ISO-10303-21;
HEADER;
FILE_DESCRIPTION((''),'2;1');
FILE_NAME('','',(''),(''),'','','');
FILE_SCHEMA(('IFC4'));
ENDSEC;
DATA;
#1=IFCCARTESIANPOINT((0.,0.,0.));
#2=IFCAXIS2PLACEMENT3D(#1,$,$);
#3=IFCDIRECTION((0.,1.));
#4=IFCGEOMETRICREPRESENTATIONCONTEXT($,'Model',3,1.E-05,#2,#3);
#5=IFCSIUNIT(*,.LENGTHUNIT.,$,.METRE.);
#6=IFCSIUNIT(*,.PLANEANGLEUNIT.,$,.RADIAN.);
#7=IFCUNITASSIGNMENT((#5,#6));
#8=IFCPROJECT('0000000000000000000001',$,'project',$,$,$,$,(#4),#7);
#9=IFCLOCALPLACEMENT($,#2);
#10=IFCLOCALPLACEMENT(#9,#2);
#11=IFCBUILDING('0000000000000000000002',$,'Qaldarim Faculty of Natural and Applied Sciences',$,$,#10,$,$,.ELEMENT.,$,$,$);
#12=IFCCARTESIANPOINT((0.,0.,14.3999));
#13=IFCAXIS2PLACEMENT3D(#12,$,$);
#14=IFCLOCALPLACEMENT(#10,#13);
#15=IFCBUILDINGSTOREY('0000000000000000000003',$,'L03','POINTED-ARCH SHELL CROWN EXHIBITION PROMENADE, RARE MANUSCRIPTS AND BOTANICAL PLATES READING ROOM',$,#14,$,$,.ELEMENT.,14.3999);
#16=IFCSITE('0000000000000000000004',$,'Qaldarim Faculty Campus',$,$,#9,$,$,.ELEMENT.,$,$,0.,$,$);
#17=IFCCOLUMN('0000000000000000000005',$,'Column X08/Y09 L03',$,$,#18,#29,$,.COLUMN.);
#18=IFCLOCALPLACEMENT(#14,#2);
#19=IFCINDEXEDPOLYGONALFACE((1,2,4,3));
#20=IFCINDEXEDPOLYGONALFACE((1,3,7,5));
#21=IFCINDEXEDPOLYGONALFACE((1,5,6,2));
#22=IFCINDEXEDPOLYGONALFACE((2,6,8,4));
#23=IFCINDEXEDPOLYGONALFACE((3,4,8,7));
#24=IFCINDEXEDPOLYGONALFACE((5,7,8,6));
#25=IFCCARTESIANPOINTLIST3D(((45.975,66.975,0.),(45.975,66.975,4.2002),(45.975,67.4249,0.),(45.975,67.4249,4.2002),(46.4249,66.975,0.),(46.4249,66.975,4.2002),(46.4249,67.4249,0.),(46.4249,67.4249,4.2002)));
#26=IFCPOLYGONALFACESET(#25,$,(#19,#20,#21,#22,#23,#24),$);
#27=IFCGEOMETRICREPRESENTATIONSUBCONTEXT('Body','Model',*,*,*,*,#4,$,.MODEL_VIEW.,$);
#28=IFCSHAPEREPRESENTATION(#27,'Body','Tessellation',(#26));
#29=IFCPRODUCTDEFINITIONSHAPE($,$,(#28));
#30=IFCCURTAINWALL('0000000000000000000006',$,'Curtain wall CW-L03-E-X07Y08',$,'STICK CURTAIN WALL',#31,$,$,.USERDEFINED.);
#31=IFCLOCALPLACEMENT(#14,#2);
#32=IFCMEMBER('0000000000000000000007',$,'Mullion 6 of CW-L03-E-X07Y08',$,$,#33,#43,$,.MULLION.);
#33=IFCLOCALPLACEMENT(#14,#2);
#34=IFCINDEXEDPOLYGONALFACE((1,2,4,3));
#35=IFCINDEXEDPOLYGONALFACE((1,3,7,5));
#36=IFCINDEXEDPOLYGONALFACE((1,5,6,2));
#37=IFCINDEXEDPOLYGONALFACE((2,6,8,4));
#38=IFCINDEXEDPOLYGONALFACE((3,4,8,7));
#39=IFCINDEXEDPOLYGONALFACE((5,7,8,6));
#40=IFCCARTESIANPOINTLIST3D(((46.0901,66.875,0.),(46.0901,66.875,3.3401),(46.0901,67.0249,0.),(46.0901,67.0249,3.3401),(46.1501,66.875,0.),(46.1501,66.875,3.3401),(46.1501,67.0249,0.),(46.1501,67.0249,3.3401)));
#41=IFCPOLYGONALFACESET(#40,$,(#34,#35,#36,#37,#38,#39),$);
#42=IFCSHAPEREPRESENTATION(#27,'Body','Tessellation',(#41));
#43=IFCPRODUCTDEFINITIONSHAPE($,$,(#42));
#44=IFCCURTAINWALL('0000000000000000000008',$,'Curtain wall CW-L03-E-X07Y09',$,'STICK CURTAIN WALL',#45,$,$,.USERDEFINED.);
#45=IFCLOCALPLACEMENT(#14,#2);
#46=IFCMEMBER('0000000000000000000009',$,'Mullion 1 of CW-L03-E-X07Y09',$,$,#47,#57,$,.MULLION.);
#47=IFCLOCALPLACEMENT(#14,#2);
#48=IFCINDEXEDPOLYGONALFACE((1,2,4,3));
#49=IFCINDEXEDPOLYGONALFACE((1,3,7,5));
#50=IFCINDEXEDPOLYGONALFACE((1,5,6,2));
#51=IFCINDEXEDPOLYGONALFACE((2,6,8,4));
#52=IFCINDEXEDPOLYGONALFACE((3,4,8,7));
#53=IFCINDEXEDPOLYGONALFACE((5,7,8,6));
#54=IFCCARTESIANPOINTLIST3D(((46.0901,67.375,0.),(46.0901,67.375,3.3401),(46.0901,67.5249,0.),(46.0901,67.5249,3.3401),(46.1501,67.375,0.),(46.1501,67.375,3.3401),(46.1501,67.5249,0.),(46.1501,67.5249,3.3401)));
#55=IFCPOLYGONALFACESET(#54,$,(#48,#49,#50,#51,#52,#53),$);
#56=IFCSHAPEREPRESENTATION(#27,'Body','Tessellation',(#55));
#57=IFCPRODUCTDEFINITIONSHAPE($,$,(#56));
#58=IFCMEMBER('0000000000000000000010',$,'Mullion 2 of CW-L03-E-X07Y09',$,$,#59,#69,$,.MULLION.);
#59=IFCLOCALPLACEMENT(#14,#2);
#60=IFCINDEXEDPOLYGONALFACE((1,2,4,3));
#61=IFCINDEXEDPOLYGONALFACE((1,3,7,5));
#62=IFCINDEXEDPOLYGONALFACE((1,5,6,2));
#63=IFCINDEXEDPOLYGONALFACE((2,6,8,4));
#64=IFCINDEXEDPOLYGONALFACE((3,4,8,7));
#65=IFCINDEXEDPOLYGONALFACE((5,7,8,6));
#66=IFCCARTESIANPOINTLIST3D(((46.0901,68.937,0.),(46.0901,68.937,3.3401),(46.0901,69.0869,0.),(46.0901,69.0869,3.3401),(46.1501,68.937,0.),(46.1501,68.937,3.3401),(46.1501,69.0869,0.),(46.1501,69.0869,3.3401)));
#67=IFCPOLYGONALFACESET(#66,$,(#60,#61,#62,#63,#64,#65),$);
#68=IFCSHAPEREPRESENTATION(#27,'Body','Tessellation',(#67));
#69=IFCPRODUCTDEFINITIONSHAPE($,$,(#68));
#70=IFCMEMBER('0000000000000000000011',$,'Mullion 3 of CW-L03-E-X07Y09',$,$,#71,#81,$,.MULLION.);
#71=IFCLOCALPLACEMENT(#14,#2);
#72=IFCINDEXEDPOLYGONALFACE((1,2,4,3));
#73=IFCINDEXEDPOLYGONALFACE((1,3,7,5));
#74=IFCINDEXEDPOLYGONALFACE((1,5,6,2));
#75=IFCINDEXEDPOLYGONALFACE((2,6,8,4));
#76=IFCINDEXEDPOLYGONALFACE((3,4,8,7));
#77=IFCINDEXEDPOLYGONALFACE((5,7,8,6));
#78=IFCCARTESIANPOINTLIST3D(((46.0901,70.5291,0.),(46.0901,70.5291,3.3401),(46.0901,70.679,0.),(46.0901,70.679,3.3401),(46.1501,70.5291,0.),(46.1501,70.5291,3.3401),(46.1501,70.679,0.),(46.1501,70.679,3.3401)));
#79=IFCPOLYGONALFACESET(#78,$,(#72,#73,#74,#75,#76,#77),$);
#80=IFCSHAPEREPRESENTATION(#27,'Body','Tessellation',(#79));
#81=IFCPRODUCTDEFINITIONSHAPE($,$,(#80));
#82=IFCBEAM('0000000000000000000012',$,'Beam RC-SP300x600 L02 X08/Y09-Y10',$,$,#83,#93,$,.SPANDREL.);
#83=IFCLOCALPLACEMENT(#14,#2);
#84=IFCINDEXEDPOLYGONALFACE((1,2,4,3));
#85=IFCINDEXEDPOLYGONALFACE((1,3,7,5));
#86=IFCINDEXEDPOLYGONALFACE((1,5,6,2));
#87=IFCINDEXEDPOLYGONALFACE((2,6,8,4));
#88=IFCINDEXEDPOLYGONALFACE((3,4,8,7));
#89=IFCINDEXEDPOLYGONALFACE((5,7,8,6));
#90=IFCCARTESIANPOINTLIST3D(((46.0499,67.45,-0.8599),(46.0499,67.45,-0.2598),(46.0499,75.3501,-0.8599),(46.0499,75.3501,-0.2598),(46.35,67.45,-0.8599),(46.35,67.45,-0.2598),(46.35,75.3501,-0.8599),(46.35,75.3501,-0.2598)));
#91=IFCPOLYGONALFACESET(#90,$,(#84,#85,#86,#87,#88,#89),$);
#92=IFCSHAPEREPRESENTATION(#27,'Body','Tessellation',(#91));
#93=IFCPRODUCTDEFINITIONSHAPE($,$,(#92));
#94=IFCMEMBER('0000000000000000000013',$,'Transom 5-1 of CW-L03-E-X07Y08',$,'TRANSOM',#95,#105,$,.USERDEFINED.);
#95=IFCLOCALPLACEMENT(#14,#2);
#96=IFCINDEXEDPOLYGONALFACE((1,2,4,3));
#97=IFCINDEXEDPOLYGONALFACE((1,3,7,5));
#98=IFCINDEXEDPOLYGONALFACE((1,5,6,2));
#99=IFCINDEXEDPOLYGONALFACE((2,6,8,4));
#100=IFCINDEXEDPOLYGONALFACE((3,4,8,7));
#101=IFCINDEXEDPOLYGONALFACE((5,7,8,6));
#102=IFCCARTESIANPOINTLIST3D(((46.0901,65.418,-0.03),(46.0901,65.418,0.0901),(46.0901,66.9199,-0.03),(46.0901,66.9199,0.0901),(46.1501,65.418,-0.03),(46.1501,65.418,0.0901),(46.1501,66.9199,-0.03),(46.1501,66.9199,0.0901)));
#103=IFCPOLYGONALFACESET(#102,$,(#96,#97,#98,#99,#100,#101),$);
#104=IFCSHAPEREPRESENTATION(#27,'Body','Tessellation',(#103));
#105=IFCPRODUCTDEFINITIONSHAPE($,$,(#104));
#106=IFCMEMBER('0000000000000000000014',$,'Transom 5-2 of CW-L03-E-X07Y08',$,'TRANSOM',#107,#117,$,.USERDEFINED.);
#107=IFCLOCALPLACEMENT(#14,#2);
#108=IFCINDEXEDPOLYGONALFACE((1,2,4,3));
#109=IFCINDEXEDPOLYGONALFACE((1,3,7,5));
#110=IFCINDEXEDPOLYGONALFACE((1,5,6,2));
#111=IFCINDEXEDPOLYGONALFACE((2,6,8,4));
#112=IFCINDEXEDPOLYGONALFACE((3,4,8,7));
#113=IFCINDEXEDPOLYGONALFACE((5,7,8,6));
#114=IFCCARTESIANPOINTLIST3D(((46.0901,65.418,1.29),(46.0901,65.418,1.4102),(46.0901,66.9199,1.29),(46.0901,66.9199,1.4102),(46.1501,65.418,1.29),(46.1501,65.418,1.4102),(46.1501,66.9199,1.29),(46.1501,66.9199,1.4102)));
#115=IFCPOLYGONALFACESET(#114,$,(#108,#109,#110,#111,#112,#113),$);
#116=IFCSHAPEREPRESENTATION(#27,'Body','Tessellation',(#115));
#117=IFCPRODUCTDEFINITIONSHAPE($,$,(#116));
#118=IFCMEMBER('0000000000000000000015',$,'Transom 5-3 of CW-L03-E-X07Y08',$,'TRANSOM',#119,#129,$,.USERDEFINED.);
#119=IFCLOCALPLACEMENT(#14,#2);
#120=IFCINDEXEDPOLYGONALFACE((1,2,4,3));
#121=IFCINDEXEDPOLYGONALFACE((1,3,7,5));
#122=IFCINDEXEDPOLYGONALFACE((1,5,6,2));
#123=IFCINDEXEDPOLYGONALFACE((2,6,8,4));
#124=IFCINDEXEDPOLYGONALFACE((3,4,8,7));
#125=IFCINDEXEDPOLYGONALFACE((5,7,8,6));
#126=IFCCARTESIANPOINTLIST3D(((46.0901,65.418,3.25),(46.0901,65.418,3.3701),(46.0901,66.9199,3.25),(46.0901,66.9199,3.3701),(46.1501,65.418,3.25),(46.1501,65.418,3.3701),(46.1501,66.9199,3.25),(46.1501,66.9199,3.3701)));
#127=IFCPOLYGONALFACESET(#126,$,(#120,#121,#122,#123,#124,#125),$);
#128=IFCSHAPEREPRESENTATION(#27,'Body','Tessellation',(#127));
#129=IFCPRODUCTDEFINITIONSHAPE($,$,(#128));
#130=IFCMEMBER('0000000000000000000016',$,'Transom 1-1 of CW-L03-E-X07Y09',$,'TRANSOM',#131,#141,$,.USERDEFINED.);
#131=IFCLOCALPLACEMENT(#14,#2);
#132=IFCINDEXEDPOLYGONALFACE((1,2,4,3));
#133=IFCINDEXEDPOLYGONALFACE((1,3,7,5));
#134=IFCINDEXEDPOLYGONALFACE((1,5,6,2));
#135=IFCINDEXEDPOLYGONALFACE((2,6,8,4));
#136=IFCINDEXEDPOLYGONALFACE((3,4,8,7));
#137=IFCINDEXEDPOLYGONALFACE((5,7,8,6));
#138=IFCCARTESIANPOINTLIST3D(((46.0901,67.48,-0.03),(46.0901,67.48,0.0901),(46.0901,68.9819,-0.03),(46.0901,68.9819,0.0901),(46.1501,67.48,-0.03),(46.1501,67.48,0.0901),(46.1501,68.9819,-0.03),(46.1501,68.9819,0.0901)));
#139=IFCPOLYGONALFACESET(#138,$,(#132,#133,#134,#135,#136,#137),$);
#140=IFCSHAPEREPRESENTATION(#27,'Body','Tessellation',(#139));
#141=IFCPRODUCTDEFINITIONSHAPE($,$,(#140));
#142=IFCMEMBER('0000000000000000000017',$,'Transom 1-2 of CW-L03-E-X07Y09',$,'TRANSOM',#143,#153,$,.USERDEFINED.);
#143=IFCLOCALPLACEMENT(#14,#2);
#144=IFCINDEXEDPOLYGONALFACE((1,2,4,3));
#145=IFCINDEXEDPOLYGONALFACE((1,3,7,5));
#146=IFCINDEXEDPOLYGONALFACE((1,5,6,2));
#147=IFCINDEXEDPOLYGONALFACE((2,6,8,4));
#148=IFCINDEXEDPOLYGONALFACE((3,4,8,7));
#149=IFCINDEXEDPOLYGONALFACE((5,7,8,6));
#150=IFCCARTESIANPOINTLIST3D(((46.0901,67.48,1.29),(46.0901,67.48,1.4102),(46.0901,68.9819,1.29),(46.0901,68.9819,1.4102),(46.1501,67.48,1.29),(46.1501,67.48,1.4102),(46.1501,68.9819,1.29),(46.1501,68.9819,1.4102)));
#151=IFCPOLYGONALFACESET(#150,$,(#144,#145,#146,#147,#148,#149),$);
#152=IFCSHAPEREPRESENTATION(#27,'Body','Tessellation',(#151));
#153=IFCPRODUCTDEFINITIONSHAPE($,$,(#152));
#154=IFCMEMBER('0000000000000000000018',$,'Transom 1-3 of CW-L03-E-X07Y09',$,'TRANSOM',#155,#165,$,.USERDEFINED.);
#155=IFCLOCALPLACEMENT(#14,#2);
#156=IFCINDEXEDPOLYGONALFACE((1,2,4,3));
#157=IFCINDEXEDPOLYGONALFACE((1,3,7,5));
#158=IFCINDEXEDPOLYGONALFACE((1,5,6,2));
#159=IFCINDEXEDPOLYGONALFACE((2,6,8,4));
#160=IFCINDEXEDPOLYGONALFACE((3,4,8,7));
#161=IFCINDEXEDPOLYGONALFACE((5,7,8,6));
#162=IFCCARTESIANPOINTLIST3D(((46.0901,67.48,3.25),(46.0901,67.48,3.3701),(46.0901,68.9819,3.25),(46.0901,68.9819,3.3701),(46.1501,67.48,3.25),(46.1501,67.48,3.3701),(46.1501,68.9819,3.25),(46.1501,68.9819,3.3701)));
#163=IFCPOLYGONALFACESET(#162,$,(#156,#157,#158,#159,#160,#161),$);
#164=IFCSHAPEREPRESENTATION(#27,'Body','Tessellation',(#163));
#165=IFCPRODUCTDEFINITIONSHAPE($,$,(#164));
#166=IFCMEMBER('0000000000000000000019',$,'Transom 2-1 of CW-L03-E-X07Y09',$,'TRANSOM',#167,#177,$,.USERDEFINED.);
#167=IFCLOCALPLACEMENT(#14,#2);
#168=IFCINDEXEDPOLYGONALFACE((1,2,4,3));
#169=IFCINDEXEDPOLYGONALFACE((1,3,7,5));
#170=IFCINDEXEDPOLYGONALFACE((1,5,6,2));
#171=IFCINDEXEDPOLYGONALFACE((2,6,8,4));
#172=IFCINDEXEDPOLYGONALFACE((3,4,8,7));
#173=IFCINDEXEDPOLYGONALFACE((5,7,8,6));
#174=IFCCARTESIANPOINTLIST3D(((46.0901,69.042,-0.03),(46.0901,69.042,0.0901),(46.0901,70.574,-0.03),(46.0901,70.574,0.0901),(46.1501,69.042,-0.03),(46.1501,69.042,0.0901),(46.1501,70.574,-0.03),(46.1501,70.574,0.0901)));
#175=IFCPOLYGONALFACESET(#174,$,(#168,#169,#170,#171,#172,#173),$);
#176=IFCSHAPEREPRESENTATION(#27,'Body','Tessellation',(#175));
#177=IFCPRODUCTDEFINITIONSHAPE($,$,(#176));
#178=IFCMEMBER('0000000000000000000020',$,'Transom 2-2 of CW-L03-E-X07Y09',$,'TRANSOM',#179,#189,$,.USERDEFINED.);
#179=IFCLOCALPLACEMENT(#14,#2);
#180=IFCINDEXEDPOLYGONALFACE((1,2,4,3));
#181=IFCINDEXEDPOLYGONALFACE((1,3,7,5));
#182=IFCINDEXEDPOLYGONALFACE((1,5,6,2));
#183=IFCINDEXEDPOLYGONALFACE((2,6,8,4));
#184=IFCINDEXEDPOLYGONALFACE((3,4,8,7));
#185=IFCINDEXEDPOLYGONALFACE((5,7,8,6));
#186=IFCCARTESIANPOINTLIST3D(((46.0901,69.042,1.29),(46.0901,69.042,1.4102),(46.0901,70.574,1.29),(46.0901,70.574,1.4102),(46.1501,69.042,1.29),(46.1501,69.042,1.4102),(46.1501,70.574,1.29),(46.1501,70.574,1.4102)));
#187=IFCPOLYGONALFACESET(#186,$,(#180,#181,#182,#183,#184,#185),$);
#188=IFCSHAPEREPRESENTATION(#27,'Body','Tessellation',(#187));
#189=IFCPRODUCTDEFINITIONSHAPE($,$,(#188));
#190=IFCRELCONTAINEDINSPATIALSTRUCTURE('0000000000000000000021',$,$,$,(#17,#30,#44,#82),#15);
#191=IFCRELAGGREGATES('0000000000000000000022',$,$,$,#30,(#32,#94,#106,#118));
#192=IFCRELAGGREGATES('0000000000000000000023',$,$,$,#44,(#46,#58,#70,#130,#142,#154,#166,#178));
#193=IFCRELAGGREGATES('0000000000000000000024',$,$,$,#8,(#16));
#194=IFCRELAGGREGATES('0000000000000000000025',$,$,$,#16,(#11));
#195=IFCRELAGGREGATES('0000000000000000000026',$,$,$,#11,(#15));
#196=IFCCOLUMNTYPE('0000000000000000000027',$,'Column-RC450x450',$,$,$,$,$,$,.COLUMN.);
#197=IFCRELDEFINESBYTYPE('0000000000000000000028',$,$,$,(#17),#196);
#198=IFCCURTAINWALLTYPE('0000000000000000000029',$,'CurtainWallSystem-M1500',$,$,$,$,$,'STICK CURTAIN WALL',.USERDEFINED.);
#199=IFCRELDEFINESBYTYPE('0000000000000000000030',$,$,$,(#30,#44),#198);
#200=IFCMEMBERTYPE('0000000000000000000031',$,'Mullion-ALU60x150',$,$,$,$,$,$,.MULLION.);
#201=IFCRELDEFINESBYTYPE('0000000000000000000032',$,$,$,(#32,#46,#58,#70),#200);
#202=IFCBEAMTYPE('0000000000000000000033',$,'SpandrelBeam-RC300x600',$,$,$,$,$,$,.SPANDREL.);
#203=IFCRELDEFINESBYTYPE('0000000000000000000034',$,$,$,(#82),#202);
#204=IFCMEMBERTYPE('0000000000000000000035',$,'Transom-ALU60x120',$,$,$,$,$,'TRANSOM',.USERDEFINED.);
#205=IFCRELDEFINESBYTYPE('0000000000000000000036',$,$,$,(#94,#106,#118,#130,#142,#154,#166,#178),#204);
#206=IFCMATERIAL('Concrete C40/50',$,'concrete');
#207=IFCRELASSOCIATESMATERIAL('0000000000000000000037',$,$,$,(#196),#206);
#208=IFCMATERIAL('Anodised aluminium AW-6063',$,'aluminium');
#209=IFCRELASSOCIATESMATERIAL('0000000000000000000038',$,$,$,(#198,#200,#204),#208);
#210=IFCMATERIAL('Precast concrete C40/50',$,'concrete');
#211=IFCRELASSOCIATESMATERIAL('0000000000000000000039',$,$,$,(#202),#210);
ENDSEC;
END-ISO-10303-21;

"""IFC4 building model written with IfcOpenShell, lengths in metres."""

from ifc_helpers import new_model, si_unit, direction, frame, origin, origin_2d, place, context, subcontext, project, spatial, rectangle, extrude, material, material_profile, profile_set, type_object, element, aggregate, save


model = new_model("IFC4")

# Units and contexts
model_context = context("Model", 3, precision=1e-05, world=origin(), true_north=direction((0.0, 1.0)))
body_context = subcontext(model_context, "Body", "Model", "MODEL_VIEW")
ifc_project = project(units=[si_unit("LENGTHUNIT", "METRE"), si_unit("PLANEANGLEUNIT", "RADIAN")], contexts=[model_context])

# Site, building, storey
site_placement = place(None, origin())
site = spatial("IfcSite", under=ifc_project, at=site_placement, Name="Qaldarim Faculty Campus", CompositionType="ELEMENT", RefElevation=0.0)
building_placement = place(site_placement, origin())
building = spatial("IfcBuilding", under=site, at=building_placement, Name="Qaldarim Faculty of Natural and Applied Sciences", CompositionType="ELEMENT")
storey_placement = place(building_placement, frame((0.0, 0.0, 14.3999)))
storey = spatial("IfcBuildingStorey", under=building, at=storey_placement, Name="L03", Description="POINTED-ARCH SHELL CROWN EXHIBITION PROMENADE, RARE MANUSCRIPTS AND BOTANICAL PLATES READING ROOM", CompositionType="ELEMENT", Elevation=14.3999)

# Column
ifc_material_1 = material(Name="Concrete C40/50", Category="concrete")
ifc_material_profile_1 = material_profile(ifc_material_1, rectangle(XDim=0.45, YDim=0.45, at=origin_2d()), Name="RC-C450x450")
ifc_profile_set_1 = profile_set([ifc_material_profile_1], Name="Concrete C40/50")
column_type = type_object("IfcColumnType", Name="Column-RC450x450", PredefinedType="COLUMN", material=ifc_profile_set_1)
column_placement = place(storey_placement, frame((46.2, 67.2, 0.0), z_axis=(0.0, 0.0, 1.0), x_axis=(1.0, 0.0, 0.0)))
element("IfcColumn", 1, at=column_placement, inside=storey, type_object=column_type, Name="Column X08/Y09 L03", PredefinedType="COLUMN", context=body_context, shape_type="SweptSolid", body=[
    extrude(rectangle(XDim=0.45, YDim=0.45, at=origin_2d()), origin(), (0.0, 0.0, 1.0), 4.2002),
])

# Curtain wall, member
ifc_material_2 = material(Name="Anodised aluminium AW-6063", Category="aluminium")
curtain_wall_type = type_object("IfcCurtainWallType", Name="CurtainWallSystem-M1500", ElementType="STICK CURTAIN WALL", PredefinedType="USERDEFINED", material=ifc_material_2)
curtain_wall_1_placement = place(storey_placement, origin())
curtain_wall_1 = element("IfcCurtainWall", 2, at=curtain_wall_1_placement, inside=storey, type_object=curtain_wall_type, Name="Curtain wall CW-L03-E-X07Y08", ObjectType="STICK CURTAIN WALL", PredefinedType="USERDEFINED")
ifc_material_profile_2 = material_profile(ifc_material_2, rectangle(XDim=0.0601, YDim=0.1499, at=origin_2d()), Name="ALU-M60x150")
ifc_profile_set_2 = profile_set([ifc_material_profile_2], Name="Anodised aluminium AW-6063")
member_type_1 = type_object("IfcMemberType", Name="Mullion-ALU60x150", PredefinedType="MULLION", material=ifc_profile_set_2)
member_1_placement = place(storey_placement, frame((46.1201, 66.95, 0.0), z_axis=(0.0, 0.0, 1.0), x_axis=(-1.0, 0.0, 0.0)))
member_1 = element("IfcMember", 3, at=member_1_placement, type_object=member_type_1, Name="Mullion 6 of CW-L03-E-X07Y08", PredefinedType="MULLION", context=body_context, shape_type="SweptSolid", body=[
    extrude(rectangle(XDim=0.0601, YDim=0.1499, at=origin_2d()), origin(), (0.0, 0.0, 1.0), 3.3401),
])

# Curtain wall, members
curtain_wall_2_placement = place(storey_placement, origin())
curtain_wall_2 = element("IfcCurtainWall", 4, at=curtain_wall_2_placement, inside=storey, type_object=curtain_wall_type, Name="Curtain wall CW-L03-E-X07Y09", ObjectType="STICK CURTAIN WALL", PredefinedType="USERDEFINED")
member_2_placement = place(storey_placement, frame((46.1201, 67.45, 0.0), z_axis=(0.0, 0.0, 1.0), x_axis=(-1.0, 0.0, 0.0)))
member_2 = element("IfcMember", 5, at=member_2_placement, type_object=member_type_1, Name="Mullion 1 of CW-L03-E-X07Y09", PredefinedType="MULLION", context=body_context, shape_type="SweptSolid", body=[
    extrude(rectangle(XDim=0.0601, YDim=0.1499, at=origin_2d()), origin(), (0.0, 0.0, 1.0), 3.3401),
])
member_3_placement = place(storey_placement, frame((46.1201, 69.012, 0.0), z_axis=(0.0, 0.0, 1.0), x_axis=(-1.0, 0.0, 0.0)))
member_3 = element("IfcMember", 6, at=member_3_placement, type_object=member_type_1, Name="Mullion 2 of CW-L03-E-X07Y09", PredefinedType="MULLION", context=body_context, shape_type="SweptSolid", body=[
    extrude(rectangle(XDim=0.0601, YDim=0.1499, at=origin_2d()), origin(), (0.0, 0.0, 1.0), 3.3401),
])
member_4_placement = place(storey_placement, frame((46.1201, 70.604, 0.0), z_axis=(0.0, 0.0, 1.0), x_axis=(-1.0, 0.0, 0.0)))
member_4 = element("IfcMember", 7, at=member_4_placement, type_object=member_type_1, Name="Mullion 3 of CW-L03-E-X07Y09", PredefinedType="MULLION", context=body_context, shape_type="SweptSolid", body=[
    extrude(rectangle(XDim=0.0601, YDim=0.1499, at=origin_2d()), origin(), (0.0, 0.0, 1.0), 3.3401),
])

# Beam
ifc_material_3 = material(Name="Precast concrete C40/50", Category="concrete")
ifc_material_profile_3 = material_profile(ifc_material_3, rectangle(XDim=0.3, YDim=0.6001, at=origin_2d()), Name="RC-SP300x600")
ifc_profile_set_3 = profile_set([ifc_material_profile_3], Name="Precast concrete C40/50")
beam_type = type_object("IfcBeamType", Name="SpandrelBeam-RC300x600", PredefinedType="SPANDREL", material=ifc_profile_set_3)
beam_placement = place(storey_placement, frame((46.2, 67.45, -0.5598), z_axis=(0.0, 1.0, 0.0), x_axis=(-1.0, 0.0, 0.0)))
element("IfcBeam", 8, at=beam_placement, inside=storey, type_object=beam_type, Name="Beam RC-SP300x600 L02 X08/Y09-Y10", PredefinedType="SPANDREL", context=body_context, shape_type="SweptSolid", body=[
    extrude(rectangle(XDim=0.3, YDim=0.6001, at=origin_2d()), origin(), (0.0, 0.0, 1.0), 7.9001),
])

# Members
ifc_material_profile_4 = material_profile(ifc_material_2, rectangle(XDim=0.0601, YDim=0.1201, at=origin_2d()), Name="ALU-T60x120")
ifc_profile_set_4 = profile_set([ifc_material_profile_4], Name="Anodised aluminium AW-6063")
member_type_2 = type_object("IfcMemberType", Name="Transom-ALU60x120", ElementType="TRANSOM", PredefinedType="USERDEFINED", material=ifc_profile_set_4)
member_5_placement = place(storey_placement, frame((46.1201, 65.418, 0.03), z_axis=(0.0, 1.0, 0.0), x_axis=(-1.0, 0.0, 0.0)))
member_5 = element("IfcMember", 9, at=member_5_placement, type_object=member_type_2, Name="Transom 5-1 of CW-L03-E-X07Y08", ObjectType="TRANSOM", PredefinedType="USERDEFINED", context=body_context, shape_type="SweptSolid", body=[
    extrude(rectangle(XDim=0.0601, YDim=0.1201, at=origin_2d()), origin(), (0.0, 0.0, 1.0), 1.502),
])
member_6_placement = place(storey_placement, frame((46.1201, 65.418, 1.3501), z_axis=(0.0, 1.0, 0.0), x_axis=(-1.0, 0.0, 0.0)))
member_6 = element("IfcMember", 10, at=member_6_placement, type_object=member_type_2, Name="Transom 5-2 of CW-L03-E-X07Y08", ObjectType="TRANSOM", PredefinedType="USERDEFINED", context=body_context, shape_type="SweptSolid", body=[
    extrude(rectangle(XDim=0.0601, YDim=0.1201, at=origin_2d()), origin(), (0.0, 0.0, 1.0), 1.502),
])
member_7_placement = place(storey_placement, frame((46.1201, 65.418, 3.3101), z_axis=(0.0, 1.0, 0.0), x_axis=(-1.0, 0.0, 0.0)))
member_7 = element("IfcMember", 11, at=member_7_placement, type_object=member_type_2, Name="Transom 5-3 of CW-L03-E-X07Y08", ObjectType="TRANSOM", PredefinedType="USERDEFINED", context=body_context, shape_type="SweptSolid", body=[
    extrude(rectangle(XDim=0.0601, YDim=0.1201, at=origin_2d()), origin(), (0.0, 0.0, 1.0), 1.502),
])
member_8_placement = place(storey_placement, frame((46.1201, 67.48, 0.03), z_axis=(0.0, 1.0, 0.0), x_axis=(-1.0, 0.0, 0.0)))
member_8 = element("IfcMember", 12, at=member_8_placement, type_object=member_type_2, Name="Transom 1-1 of CW-L03-E-X07Y09", ObjectType="TRANSOM", PredefinedType="USERDEFINED", context=body_context, shape_type="SweptSolid", body=[
    extrude(rectangle(XDim=0.0601, YDim=0.1201, at=origin_2d()), origin(), (0.0, 0.0, 1.0), 1.502),
])
member_9_placement = place(storey_placement, frame((46.1201, 67.48, 1.3501), z_axis=(0.0, 1.0, 0.0), x_axis=(-1.0, 0.0, 0.0)))
member_9 = element("IfcMember", 13, at=member_9_placement, type_object=member_type_2, Name="Transom 1-2 of CW-L03-E-X07Y09", ObjectType="TRANSOM", PredefinedType="USERDEFINED", context=body_context, shape_type="SweptSolid", body=[
    extrude(rectangle(XDim=0.0601, YDim=0.1201, at=origin_2d()), origin(), (0.0, 0.0, 1.0), 1.502),
])
member_10_placement = place(storey_placement, frame((46.1201, 67.48, 3.3101), z_axis=(0.0, 1.0, 0.0), x_axis=(-1.0, 0.0, 0.0)))
member_10 = element("IfcMember", 14, at=member_10_placement, type_object=member_type_2, Name="Transom 1-3 of CW-L03-E-X07Y09", ObjectType="TRANSOM", PredefinedType="USERDEFINED", context=body_context, shape_type="SweptSolid", body=[
    extrude(rectangle(XDim=0.0601, YDim=0.1201, at=origin_2d()), origin(), (0.0, 0.0, 1.0), 1.502),
])
member_11_placement = place(storey_placement, frame((46.1201, 69.042, 0.03), z_axis=(0.0, 1.0, 0.0), x_axis=(-1.0, 0.0, 0.0)))
member_11 = element("IfcMember", 15, at=member_11_placement, type_object=member_type_2, Name="Transom 2-1 of CW-L03-E-X07Y09", ObjectType="TRANSOM", PredefinedType="USERDEFINED", context=body_context, shape_type="SweptSolid", body=[
    extrude(rectangle(XDim=0.0601, YDim=0.1201, at=origin_2d()), origin(), (0.0, 0.0, 1.0), 1.532),
])
member_12_placement = place(storey_placement, frame((46.1201, 69.042, 1.3501), z_axis=(0.0, 1.0, 0.0), x_axis=(-1.0, 0.0, 0.0)))
member_12 = element("IfcMember", 16, at=member_12_placement, type_object=member_type_2, Name="Transom 2-2 of CW-L03-E-X07Y09", ObjectType="TRANSOM", PredefinedType="USERDEFINED", context=body_context, shape_type="SweptSolid", body=[
    extrude(rectangle(XDim=0.0601, YDim=0.1201, at=origin_2d()), origin(), (0.0, 0.0, 1.0), 1.532),
])

aggregate(curtain_wall_1, [member_1, member_5, member_6, member_7])
aggregate(curtain_wall_2, [member_2, member_3, member_4, member_8, member_9, member_10, member_11, member_12])

save(model, "model.ifc")
